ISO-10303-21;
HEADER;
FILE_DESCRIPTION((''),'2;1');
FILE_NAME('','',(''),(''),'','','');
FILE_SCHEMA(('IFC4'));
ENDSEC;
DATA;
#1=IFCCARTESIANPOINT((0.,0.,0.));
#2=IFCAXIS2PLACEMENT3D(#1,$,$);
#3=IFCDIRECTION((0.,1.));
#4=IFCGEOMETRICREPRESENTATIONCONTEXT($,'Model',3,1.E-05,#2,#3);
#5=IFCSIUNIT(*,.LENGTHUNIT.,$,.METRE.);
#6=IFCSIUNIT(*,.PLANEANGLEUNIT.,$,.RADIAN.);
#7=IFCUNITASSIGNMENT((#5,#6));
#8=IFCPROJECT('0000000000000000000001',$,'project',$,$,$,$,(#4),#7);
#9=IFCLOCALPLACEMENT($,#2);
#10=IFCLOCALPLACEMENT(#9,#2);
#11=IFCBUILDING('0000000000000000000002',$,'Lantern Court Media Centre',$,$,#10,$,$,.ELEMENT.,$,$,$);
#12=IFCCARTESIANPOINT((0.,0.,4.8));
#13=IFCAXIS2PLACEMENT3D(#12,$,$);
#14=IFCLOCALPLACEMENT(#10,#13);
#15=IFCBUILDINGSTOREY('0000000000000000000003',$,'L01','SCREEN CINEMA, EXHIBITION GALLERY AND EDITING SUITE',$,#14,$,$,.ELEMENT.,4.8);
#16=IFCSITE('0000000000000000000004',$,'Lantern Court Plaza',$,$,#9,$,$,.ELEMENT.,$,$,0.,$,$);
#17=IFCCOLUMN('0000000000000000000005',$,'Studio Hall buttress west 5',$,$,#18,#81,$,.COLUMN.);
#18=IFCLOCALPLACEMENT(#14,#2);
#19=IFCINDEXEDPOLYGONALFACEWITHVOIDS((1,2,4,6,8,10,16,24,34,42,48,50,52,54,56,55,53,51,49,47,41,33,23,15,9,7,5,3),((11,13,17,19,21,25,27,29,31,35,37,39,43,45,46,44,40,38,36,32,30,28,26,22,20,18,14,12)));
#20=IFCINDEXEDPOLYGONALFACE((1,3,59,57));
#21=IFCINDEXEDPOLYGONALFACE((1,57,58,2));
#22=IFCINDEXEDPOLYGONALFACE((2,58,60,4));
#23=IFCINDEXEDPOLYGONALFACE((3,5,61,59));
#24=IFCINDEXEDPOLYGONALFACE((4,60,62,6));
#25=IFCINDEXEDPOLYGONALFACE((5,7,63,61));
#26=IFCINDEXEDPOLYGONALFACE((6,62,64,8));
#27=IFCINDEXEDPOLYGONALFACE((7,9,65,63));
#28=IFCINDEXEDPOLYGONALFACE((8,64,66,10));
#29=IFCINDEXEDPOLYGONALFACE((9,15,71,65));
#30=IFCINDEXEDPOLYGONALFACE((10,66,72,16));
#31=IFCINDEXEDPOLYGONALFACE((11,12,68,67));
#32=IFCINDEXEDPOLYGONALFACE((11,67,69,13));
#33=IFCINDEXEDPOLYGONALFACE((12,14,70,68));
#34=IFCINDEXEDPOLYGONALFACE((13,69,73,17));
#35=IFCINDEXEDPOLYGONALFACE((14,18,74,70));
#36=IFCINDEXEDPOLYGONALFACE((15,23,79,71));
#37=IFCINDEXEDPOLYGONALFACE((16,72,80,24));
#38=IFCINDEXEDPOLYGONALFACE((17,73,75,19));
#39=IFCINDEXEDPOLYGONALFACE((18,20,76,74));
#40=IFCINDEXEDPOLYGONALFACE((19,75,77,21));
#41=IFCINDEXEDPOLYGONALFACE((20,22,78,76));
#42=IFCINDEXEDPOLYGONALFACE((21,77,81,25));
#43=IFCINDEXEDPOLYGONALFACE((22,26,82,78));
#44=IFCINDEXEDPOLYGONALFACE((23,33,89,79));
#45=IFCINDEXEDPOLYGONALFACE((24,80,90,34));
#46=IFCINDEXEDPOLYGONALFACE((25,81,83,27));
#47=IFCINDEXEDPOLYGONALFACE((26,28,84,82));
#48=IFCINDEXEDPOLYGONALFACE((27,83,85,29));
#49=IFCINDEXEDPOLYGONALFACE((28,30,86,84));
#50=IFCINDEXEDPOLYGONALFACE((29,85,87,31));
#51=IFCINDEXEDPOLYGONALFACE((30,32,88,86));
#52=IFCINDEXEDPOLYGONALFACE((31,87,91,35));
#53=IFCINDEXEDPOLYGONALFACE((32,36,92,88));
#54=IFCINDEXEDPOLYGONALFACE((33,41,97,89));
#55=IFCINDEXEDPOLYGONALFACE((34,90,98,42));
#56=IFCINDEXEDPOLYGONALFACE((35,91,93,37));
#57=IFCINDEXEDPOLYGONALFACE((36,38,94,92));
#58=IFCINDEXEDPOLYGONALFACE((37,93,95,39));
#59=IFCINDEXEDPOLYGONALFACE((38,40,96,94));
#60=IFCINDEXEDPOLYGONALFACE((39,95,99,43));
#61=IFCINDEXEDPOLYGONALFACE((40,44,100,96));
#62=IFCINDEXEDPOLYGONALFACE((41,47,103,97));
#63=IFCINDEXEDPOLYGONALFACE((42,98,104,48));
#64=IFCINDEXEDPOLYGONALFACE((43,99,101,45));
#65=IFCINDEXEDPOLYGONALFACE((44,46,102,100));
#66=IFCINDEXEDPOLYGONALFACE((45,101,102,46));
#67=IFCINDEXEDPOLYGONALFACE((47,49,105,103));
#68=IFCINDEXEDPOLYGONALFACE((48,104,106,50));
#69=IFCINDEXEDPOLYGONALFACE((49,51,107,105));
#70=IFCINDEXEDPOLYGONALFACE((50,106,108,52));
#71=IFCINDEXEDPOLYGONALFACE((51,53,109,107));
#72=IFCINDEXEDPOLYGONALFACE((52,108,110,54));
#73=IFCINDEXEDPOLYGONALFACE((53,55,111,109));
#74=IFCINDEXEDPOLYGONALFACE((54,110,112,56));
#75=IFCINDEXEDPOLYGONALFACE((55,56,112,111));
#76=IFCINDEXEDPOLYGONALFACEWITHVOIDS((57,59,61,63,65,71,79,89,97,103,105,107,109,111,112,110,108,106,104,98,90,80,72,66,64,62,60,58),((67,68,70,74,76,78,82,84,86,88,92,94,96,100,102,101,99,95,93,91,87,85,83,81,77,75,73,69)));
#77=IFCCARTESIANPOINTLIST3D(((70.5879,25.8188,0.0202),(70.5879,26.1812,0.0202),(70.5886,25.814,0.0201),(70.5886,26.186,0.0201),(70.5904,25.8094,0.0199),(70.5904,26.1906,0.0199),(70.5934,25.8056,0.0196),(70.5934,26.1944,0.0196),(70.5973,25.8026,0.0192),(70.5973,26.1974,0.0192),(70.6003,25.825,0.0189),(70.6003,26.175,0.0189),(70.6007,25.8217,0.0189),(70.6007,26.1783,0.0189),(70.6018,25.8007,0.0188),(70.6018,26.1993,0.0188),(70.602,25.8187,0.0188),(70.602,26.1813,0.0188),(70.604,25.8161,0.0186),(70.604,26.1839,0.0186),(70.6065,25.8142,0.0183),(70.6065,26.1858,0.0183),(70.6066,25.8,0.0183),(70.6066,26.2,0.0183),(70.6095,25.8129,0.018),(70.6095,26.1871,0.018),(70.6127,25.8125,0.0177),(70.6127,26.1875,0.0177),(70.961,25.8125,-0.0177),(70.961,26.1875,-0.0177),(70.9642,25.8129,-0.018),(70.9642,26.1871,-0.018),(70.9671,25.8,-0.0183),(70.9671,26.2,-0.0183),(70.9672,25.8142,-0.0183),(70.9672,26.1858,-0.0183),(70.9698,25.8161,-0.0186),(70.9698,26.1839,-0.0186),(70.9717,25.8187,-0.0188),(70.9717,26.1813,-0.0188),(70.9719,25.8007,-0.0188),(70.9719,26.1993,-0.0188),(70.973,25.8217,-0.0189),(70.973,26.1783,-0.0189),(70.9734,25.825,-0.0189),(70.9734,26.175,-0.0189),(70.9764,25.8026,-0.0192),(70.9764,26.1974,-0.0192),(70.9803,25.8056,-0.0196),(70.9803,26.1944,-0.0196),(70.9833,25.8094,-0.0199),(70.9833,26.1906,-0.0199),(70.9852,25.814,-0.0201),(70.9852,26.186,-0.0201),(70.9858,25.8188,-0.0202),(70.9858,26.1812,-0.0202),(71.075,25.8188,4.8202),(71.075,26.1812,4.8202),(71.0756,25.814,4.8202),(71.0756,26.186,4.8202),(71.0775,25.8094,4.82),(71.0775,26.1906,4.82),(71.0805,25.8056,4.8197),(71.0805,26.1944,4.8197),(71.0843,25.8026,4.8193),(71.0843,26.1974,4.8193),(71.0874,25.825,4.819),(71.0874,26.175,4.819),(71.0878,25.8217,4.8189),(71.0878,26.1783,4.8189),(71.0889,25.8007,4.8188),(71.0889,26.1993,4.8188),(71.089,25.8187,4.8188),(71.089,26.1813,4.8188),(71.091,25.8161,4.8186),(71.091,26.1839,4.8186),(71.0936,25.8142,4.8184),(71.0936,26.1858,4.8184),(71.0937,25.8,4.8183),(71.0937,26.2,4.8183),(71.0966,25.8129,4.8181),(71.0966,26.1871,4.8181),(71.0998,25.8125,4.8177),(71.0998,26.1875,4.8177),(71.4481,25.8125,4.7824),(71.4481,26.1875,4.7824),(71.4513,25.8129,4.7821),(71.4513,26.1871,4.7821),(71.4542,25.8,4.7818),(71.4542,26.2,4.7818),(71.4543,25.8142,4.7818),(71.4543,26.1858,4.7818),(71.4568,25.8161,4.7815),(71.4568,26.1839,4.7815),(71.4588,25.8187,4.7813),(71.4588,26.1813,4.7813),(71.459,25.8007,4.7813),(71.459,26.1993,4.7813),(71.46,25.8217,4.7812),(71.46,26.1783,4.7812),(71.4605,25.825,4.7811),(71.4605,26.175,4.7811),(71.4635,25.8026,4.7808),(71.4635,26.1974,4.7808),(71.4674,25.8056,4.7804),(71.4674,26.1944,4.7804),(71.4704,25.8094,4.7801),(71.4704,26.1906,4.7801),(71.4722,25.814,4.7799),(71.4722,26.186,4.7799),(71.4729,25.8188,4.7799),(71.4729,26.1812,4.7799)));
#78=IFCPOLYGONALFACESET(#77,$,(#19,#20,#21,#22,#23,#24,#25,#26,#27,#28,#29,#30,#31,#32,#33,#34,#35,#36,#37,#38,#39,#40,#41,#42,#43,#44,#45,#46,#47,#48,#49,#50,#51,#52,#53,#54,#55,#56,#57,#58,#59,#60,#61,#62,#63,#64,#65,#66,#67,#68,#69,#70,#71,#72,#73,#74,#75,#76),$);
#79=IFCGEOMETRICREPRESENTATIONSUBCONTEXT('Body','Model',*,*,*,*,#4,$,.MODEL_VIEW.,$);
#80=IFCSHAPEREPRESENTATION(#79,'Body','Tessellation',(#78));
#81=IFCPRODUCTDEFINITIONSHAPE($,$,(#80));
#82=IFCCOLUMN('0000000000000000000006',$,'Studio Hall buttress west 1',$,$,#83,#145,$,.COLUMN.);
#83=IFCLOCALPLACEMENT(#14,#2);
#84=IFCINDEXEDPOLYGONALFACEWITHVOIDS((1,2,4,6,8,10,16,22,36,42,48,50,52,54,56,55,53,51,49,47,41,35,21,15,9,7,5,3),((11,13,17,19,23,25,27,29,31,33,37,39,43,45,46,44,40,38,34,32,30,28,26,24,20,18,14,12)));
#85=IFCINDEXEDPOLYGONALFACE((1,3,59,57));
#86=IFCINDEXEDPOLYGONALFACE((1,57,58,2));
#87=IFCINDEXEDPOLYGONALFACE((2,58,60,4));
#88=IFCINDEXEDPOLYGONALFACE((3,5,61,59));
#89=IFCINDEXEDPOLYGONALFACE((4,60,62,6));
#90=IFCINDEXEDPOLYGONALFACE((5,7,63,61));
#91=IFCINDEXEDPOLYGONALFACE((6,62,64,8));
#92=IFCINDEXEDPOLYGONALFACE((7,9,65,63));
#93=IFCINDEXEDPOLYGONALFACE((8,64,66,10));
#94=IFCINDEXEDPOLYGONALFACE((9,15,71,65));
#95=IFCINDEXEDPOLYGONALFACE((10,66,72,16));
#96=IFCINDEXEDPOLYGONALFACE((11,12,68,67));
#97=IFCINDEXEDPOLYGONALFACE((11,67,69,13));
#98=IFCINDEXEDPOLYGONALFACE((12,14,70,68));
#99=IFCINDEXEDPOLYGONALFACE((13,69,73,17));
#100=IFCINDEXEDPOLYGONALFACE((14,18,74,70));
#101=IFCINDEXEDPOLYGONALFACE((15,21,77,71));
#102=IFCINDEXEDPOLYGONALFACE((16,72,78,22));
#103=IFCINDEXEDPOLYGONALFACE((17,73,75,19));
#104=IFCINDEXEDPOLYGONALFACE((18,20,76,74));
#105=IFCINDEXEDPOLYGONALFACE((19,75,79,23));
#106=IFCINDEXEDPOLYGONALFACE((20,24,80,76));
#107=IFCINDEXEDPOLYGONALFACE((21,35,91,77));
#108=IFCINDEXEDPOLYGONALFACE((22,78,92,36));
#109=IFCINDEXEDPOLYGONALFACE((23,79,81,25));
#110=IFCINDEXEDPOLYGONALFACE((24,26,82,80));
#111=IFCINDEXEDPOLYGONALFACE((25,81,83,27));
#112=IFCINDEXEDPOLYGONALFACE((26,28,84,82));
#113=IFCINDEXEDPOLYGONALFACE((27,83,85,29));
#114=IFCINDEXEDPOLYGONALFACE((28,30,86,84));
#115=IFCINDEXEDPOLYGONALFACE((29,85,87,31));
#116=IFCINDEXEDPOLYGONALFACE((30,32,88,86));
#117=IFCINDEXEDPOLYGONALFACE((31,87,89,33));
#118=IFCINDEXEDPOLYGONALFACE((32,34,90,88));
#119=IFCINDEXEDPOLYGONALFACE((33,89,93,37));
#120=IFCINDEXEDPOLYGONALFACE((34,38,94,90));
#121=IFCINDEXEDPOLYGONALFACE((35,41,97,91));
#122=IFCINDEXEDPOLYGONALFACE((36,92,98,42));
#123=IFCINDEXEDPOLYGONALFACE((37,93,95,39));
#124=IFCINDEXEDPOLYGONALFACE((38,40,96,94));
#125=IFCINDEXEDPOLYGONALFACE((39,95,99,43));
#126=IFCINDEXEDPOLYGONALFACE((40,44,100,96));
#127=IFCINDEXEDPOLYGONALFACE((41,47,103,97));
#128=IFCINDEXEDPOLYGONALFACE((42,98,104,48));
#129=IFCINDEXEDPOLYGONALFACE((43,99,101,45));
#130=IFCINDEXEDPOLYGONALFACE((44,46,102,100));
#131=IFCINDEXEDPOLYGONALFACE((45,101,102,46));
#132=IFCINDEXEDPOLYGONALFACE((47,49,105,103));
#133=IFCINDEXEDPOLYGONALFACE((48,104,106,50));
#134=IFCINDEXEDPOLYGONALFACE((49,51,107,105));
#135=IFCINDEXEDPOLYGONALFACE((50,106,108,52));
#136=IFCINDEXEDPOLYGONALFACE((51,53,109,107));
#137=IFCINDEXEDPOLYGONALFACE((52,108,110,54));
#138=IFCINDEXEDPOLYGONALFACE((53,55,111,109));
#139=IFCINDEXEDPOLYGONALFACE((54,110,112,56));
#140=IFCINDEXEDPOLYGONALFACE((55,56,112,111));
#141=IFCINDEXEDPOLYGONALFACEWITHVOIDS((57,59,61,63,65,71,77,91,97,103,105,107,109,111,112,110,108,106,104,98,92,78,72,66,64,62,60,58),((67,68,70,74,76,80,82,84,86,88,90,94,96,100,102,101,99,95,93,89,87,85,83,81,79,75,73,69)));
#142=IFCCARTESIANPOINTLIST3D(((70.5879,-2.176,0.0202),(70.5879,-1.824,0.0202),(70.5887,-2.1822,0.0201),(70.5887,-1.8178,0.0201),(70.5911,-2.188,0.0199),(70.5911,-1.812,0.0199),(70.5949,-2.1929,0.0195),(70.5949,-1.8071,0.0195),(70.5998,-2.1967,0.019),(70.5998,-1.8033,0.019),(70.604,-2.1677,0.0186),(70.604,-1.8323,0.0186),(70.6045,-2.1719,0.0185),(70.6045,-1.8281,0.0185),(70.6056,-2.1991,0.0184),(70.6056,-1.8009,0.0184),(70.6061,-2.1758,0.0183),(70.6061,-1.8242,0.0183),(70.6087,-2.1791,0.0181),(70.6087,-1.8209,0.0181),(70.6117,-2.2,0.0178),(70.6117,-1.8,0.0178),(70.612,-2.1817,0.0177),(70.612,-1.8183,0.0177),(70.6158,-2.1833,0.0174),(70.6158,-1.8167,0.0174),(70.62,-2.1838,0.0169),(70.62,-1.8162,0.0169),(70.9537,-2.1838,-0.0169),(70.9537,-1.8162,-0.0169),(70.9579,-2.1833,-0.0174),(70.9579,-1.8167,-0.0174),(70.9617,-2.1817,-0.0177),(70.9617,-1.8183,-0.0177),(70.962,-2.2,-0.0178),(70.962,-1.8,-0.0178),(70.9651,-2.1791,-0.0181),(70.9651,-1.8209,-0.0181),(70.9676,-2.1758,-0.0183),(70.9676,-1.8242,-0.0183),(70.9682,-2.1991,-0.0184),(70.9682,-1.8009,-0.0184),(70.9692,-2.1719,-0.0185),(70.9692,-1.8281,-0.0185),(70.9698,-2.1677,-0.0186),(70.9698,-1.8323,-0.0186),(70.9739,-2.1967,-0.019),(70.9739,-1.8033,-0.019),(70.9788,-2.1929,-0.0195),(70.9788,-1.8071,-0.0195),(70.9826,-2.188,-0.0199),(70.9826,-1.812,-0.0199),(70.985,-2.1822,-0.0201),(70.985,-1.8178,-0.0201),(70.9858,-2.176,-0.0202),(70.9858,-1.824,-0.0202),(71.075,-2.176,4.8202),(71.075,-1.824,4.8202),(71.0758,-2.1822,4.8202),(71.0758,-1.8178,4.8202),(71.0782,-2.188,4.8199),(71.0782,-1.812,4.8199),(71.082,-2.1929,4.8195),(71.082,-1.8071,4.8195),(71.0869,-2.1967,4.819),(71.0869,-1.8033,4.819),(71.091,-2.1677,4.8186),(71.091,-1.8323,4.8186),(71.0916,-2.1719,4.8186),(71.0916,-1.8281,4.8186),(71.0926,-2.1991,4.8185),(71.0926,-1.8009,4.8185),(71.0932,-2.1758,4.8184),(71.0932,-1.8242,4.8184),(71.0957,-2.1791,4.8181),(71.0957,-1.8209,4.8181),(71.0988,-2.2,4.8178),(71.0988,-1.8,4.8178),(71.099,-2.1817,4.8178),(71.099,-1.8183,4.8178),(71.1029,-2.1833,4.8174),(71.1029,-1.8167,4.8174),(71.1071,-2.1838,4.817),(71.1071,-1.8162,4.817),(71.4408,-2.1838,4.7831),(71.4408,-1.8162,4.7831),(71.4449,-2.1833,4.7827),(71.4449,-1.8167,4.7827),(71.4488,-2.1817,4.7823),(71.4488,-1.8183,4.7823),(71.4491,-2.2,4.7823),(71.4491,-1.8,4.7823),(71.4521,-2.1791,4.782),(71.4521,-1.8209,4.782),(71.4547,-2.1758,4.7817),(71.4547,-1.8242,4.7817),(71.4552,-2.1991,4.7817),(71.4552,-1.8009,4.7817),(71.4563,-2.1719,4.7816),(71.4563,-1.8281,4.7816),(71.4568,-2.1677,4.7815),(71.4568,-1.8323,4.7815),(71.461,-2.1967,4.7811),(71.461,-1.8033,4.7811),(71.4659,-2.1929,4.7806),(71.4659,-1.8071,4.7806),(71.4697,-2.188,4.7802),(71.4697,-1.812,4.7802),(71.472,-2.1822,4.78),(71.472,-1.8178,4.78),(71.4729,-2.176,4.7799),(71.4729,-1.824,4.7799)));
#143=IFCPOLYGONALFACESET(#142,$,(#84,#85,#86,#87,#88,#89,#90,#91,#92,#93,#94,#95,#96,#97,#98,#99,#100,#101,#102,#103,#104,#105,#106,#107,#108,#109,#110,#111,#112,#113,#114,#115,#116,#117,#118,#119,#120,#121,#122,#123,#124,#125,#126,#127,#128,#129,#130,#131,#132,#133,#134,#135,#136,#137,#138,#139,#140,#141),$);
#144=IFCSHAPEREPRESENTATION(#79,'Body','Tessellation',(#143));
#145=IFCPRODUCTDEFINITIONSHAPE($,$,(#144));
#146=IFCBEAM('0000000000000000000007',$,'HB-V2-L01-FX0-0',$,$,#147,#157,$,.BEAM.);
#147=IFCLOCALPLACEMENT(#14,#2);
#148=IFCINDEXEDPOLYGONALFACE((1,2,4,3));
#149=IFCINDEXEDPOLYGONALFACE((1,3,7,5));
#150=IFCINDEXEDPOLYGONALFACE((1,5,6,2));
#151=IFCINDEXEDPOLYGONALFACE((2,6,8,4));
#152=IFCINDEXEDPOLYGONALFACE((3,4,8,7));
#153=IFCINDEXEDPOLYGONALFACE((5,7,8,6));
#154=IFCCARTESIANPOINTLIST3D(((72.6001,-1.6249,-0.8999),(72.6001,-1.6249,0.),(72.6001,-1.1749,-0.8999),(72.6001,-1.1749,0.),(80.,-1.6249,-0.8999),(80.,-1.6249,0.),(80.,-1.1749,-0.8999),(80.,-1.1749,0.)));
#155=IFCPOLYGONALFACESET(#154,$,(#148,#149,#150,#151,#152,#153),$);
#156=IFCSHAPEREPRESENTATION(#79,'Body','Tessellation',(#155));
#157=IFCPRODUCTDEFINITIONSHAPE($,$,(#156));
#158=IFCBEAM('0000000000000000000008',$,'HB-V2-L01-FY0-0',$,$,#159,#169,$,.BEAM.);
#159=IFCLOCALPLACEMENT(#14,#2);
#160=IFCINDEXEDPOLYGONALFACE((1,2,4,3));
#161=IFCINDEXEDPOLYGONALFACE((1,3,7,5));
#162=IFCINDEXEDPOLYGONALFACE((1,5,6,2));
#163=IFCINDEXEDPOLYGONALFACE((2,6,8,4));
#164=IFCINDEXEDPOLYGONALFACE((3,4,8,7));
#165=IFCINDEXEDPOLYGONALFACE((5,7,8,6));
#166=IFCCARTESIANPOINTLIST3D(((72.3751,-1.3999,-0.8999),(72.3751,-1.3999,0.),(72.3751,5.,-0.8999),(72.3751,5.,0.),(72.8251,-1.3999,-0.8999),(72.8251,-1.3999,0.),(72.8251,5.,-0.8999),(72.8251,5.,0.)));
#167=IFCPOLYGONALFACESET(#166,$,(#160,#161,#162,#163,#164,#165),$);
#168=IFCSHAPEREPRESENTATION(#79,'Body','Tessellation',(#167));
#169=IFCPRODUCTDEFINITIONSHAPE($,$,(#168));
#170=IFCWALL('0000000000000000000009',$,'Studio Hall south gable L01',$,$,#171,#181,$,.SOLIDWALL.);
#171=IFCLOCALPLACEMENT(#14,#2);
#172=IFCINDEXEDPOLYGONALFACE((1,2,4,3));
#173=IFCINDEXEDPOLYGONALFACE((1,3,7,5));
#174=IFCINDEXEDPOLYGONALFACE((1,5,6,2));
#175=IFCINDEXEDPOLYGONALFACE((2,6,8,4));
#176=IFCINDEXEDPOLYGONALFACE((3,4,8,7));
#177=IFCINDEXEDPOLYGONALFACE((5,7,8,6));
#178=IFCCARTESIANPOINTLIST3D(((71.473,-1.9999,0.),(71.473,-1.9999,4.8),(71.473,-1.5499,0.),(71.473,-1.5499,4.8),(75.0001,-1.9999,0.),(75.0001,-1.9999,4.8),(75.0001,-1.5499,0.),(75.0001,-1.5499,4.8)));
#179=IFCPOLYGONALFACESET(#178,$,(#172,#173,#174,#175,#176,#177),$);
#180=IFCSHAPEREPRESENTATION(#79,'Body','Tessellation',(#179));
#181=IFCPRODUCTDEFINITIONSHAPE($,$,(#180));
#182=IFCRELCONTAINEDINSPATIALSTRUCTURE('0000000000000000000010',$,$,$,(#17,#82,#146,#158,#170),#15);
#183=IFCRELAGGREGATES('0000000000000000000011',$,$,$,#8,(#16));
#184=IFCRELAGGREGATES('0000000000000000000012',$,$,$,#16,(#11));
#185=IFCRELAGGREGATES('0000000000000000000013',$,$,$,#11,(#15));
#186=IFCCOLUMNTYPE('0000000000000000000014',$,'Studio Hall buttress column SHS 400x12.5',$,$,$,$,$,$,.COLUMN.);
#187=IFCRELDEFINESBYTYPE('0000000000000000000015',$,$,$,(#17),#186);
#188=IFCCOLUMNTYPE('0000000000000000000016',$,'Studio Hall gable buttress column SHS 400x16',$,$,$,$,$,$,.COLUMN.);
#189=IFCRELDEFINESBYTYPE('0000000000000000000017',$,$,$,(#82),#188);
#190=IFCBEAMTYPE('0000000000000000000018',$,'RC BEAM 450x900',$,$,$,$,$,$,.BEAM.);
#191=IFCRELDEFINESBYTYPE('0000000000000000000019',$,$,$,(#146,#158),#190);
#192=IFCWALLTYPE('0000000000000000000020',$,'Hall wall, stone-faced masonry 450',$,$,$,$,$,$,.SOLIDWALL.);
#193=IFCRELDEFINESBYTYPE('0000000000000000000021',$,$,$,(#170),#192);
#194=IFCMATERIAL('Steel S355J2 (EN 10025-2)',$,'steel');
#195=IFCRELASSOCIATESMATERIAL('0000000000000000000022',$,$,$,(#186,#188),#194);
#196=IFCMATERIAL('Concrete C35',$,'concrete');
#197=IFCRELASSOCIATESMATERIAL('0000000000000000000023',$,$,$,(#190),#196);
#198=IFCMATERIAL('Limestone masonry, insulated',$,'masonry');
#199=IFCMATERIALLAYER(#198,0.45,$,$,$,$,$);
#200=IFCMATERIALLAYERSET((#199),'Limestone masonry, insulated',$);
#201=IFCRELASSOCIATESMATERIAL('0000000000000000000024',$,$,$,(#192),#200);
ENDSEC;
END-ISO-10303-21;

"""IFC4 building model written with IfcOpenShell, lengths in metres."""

from ifc_helpers import new_model, si_unit, direction, frame, frame_2d, origin, origin_2d, place, context, subcontext, project, spatial, rectangle, hollow_rectangle, extrude, material, layer, layer_set, material_profile, profile_set, type_object, element, save


model = new_model("IFC4")

# Units and contexts
model_context = context("Model", 3, precision=1e-05, world=origin(), true_north=direction((0.0, 1.0)))
body_context = subcontext(model_context, "Body", "Model", "MODEL_VIEW")
ifc_project = project(units=[si_unit("LENGTHUNIT", "METRE"), si_unit("PLANEANGLEUNIT", "RADIAN")], contexts=[model_context])

# Site, building, storey
site_placement = place(None, origin())
site = spatial("IfcSite", under=ifc_project, at=site_placement, Name="Lantern Court Plaza", CompositionType="ELEMENT", RefElevation=0.0)
building_placement = place(site_placement, origin())
building = spatial("IfcBuilding", under=site, at=building_placement, Name="Lantern Court Media Centre", CompositionType="ELEMENT")
storey_placement = place(building_placement, frame((0.0, 0.0, 4.8)))
storey = spatial("IfcBuildingStorey", under=building, at=storey_placement, Name="L01", Description="SCREEN CINEMA, EXHIBITION GALLERY AND EDITING SUITE", CompositionType="ELEMENT", Elevation=4.8)

# Columns
ifc_material_1 = material(Name="Steel S355J2 (EN 10025-2)", Category="steel")
ifc_material_2 = material(Name="Concrete C35", Category="concrete")
ifc_material_profile_1 = material_profile(ifc_material_1, hollow_rectangle(XDim=0.3999, YDim=0.3999, WallThickness=0.0125, InnerFilletRadius=0.0125, OuterFilletRadius=0.0188, at=origin_2d()), Name="Studio Hall buttress column SHS 400x12.5")
ifc_profile_set_1 = profile_set([ifc_material_profile_1], Name="Steel S355J2 (EN 10025-2)")
column_type_1 = type_object("IfcColumnType", Name="Studio Hall buttress column SHS 400x12.5", PredefinedType="COLUMN", material=ifc_profile_set_1)
for number, where, z_axis, x_axis, name in (
    (1, (70.7869, 26.0, 0.0), (0.100952, 0.0, 0.994891), (0.0, 1.0, 0.0), "Studio Hall buttress west 5"),
):
    element("IfcColumn", number, at=place(storey_placement, frame(where, z_axis=z_axis, x_axis=x_axis)), inside=storey, type_object=column_type_1, Name=name, PredefinedType="COLUMN", context=body_context, shape_type="SweptSolid", body=[
        extrude(hollow_rectangle(XDim=0.3999, YDim=0.3999, WallThickness=0.0125, InnerFilletRadius=0.0125, OuterFilletRadius=0.0188, at=origin_2d()), origin(), (0.0, 0.0, 1.0), 4.8247),
    ])
ifc_material_profile_2 = material_profile(ifc_material_1, hollow_rectangle(XDim=0.3999, YDim=0.3999, WallThickness=0.0161, InnerFilletRadius=0.0161, OuterFilletRadius=0.0239, at=origin_2d()), Name="Studio Hall gable buttress column SHS 400x16")
ifc_profile_set_2 = profile_set([ifc_material_profile_2], Name="Steel S355J2 (EN 10025-2)")
column_type_2 = type_object("IfcColumnType", Name="Studio Hall gable buttress column SHS 400x16", PredefinedType="COLUMN", material=ifc_profile_set_2)
column_1_placement = place(storey_placement, frame((70.7869, -2.0, 0.0), z_axis=(0.100952, 0.0, 0.994891), x_axis=(0.0, 1.0, 0.0)))
element("IfcColumn", 2, at=column_1_placement, inside=storey, type_object=column_type_2, Name="Studio Hall buttress west 1", PredefinedType="COLUMN", context=body_context, shape_type="SweptSolid", body=[
    extrude(hollow_rectangle(XDim=0.3999, YDim=0.3999, WallThickness=0.0161, InnerFilletRadius=0.0161, OuterFilletRadius=0.0239, at=origin_2d()), origin(), (0.0, 0.0, 1.0), 4.8247),
])

# Beams
ifc_material_profile_3 = material_profile(ifc_material_2, rectangle(XDim=0.45, YDim=0.8999, at=origin_2d()), Name="RC 450x900")
ifc_profile_set_3 = profile_set([ifc_material_profile_3], Name="Concrete C35")
beam_type = type_object("IfcBeamType", Name="RC BEAM 450x900", PredefinedType="BEAM", material=ifc_profile_set_3)
beam_1_placement = place(storey_placement, frame((72.6001, -1.3999, -0.45), z_axis=(1.0, 0.0, 0.0), x_axis=(0.0, 1.0, 0.0)))
element("IfcBeam", 3, at=beam_1_placement, inside=storey, type_object=beam_type, Name="HB-V2-L01-FX0-0", PredefinedType="BEAM", context=body_context, shape_type="SweptSolid", body=[
    extrude(rectangle(XDim=0.45, YDim=0.8999, at=origin_2d()), origin(), (0.0, 0.0, 1.0), 7.3999),
])
beam_2_placement = place(storey_placement, frame((72.6001, -1.3999, -0.45), z_axis=(0.0, 1.0, 0.0), x_axis=(-1.0, 0.0, 0.0)))
element("IfcBeam", 4, at=beam_2_placement, inside=storey, type_object=beam_type, Name="HB-V2-L01-FY0-0", PredefinedType="BEAM", context=body_context, shape_type="SweptSolid", body=[
    extrude(rectangle(XDim=0.45, YDim=0.8999, at=origin_2d()), origin(), (0.0, 0.0, 1.0), 6.3999),
])

# Shared definitions
ifc_material_3 = material(Name="Limestone masonry, insulated", Category="masonry")
ifc_layer_1 = layer(ifc_material_3, 0.45)
ifc_layer_set_1 = layer_set([ifc_layer_1], Name="Limestone masonry, insulated")
wall_type_1 = type_object("IfcWallType", Name="Hall wall, stone-faced masonry 450", PredefinedType="SOLIDWALL", material=ifc_layer_set_1)

# Wall
wall_1_placement = place(storey_placement, frame((71.4729, -1.7749, 0.0), z_axis=(0.0, 0.0, 1.0), x_axis=(1.0, 0.0, 0.0)))
element("IfcWall", 5, at=wall_1_placement, inside=storey, type_object=wall_type_1, Name="Studio Hall south gable L01", PredefinedType="SOLIDWALL", context=body_context, shape_type="SweptSolid", body=[
    extrude(rectangle(XDim=3.5271, YDim=0.45, at=frame_2d((1.7637, 0.0))), origin(), (0.0, 0.0, 1.0), 4.8),
])

save(model, "model.ifc")
